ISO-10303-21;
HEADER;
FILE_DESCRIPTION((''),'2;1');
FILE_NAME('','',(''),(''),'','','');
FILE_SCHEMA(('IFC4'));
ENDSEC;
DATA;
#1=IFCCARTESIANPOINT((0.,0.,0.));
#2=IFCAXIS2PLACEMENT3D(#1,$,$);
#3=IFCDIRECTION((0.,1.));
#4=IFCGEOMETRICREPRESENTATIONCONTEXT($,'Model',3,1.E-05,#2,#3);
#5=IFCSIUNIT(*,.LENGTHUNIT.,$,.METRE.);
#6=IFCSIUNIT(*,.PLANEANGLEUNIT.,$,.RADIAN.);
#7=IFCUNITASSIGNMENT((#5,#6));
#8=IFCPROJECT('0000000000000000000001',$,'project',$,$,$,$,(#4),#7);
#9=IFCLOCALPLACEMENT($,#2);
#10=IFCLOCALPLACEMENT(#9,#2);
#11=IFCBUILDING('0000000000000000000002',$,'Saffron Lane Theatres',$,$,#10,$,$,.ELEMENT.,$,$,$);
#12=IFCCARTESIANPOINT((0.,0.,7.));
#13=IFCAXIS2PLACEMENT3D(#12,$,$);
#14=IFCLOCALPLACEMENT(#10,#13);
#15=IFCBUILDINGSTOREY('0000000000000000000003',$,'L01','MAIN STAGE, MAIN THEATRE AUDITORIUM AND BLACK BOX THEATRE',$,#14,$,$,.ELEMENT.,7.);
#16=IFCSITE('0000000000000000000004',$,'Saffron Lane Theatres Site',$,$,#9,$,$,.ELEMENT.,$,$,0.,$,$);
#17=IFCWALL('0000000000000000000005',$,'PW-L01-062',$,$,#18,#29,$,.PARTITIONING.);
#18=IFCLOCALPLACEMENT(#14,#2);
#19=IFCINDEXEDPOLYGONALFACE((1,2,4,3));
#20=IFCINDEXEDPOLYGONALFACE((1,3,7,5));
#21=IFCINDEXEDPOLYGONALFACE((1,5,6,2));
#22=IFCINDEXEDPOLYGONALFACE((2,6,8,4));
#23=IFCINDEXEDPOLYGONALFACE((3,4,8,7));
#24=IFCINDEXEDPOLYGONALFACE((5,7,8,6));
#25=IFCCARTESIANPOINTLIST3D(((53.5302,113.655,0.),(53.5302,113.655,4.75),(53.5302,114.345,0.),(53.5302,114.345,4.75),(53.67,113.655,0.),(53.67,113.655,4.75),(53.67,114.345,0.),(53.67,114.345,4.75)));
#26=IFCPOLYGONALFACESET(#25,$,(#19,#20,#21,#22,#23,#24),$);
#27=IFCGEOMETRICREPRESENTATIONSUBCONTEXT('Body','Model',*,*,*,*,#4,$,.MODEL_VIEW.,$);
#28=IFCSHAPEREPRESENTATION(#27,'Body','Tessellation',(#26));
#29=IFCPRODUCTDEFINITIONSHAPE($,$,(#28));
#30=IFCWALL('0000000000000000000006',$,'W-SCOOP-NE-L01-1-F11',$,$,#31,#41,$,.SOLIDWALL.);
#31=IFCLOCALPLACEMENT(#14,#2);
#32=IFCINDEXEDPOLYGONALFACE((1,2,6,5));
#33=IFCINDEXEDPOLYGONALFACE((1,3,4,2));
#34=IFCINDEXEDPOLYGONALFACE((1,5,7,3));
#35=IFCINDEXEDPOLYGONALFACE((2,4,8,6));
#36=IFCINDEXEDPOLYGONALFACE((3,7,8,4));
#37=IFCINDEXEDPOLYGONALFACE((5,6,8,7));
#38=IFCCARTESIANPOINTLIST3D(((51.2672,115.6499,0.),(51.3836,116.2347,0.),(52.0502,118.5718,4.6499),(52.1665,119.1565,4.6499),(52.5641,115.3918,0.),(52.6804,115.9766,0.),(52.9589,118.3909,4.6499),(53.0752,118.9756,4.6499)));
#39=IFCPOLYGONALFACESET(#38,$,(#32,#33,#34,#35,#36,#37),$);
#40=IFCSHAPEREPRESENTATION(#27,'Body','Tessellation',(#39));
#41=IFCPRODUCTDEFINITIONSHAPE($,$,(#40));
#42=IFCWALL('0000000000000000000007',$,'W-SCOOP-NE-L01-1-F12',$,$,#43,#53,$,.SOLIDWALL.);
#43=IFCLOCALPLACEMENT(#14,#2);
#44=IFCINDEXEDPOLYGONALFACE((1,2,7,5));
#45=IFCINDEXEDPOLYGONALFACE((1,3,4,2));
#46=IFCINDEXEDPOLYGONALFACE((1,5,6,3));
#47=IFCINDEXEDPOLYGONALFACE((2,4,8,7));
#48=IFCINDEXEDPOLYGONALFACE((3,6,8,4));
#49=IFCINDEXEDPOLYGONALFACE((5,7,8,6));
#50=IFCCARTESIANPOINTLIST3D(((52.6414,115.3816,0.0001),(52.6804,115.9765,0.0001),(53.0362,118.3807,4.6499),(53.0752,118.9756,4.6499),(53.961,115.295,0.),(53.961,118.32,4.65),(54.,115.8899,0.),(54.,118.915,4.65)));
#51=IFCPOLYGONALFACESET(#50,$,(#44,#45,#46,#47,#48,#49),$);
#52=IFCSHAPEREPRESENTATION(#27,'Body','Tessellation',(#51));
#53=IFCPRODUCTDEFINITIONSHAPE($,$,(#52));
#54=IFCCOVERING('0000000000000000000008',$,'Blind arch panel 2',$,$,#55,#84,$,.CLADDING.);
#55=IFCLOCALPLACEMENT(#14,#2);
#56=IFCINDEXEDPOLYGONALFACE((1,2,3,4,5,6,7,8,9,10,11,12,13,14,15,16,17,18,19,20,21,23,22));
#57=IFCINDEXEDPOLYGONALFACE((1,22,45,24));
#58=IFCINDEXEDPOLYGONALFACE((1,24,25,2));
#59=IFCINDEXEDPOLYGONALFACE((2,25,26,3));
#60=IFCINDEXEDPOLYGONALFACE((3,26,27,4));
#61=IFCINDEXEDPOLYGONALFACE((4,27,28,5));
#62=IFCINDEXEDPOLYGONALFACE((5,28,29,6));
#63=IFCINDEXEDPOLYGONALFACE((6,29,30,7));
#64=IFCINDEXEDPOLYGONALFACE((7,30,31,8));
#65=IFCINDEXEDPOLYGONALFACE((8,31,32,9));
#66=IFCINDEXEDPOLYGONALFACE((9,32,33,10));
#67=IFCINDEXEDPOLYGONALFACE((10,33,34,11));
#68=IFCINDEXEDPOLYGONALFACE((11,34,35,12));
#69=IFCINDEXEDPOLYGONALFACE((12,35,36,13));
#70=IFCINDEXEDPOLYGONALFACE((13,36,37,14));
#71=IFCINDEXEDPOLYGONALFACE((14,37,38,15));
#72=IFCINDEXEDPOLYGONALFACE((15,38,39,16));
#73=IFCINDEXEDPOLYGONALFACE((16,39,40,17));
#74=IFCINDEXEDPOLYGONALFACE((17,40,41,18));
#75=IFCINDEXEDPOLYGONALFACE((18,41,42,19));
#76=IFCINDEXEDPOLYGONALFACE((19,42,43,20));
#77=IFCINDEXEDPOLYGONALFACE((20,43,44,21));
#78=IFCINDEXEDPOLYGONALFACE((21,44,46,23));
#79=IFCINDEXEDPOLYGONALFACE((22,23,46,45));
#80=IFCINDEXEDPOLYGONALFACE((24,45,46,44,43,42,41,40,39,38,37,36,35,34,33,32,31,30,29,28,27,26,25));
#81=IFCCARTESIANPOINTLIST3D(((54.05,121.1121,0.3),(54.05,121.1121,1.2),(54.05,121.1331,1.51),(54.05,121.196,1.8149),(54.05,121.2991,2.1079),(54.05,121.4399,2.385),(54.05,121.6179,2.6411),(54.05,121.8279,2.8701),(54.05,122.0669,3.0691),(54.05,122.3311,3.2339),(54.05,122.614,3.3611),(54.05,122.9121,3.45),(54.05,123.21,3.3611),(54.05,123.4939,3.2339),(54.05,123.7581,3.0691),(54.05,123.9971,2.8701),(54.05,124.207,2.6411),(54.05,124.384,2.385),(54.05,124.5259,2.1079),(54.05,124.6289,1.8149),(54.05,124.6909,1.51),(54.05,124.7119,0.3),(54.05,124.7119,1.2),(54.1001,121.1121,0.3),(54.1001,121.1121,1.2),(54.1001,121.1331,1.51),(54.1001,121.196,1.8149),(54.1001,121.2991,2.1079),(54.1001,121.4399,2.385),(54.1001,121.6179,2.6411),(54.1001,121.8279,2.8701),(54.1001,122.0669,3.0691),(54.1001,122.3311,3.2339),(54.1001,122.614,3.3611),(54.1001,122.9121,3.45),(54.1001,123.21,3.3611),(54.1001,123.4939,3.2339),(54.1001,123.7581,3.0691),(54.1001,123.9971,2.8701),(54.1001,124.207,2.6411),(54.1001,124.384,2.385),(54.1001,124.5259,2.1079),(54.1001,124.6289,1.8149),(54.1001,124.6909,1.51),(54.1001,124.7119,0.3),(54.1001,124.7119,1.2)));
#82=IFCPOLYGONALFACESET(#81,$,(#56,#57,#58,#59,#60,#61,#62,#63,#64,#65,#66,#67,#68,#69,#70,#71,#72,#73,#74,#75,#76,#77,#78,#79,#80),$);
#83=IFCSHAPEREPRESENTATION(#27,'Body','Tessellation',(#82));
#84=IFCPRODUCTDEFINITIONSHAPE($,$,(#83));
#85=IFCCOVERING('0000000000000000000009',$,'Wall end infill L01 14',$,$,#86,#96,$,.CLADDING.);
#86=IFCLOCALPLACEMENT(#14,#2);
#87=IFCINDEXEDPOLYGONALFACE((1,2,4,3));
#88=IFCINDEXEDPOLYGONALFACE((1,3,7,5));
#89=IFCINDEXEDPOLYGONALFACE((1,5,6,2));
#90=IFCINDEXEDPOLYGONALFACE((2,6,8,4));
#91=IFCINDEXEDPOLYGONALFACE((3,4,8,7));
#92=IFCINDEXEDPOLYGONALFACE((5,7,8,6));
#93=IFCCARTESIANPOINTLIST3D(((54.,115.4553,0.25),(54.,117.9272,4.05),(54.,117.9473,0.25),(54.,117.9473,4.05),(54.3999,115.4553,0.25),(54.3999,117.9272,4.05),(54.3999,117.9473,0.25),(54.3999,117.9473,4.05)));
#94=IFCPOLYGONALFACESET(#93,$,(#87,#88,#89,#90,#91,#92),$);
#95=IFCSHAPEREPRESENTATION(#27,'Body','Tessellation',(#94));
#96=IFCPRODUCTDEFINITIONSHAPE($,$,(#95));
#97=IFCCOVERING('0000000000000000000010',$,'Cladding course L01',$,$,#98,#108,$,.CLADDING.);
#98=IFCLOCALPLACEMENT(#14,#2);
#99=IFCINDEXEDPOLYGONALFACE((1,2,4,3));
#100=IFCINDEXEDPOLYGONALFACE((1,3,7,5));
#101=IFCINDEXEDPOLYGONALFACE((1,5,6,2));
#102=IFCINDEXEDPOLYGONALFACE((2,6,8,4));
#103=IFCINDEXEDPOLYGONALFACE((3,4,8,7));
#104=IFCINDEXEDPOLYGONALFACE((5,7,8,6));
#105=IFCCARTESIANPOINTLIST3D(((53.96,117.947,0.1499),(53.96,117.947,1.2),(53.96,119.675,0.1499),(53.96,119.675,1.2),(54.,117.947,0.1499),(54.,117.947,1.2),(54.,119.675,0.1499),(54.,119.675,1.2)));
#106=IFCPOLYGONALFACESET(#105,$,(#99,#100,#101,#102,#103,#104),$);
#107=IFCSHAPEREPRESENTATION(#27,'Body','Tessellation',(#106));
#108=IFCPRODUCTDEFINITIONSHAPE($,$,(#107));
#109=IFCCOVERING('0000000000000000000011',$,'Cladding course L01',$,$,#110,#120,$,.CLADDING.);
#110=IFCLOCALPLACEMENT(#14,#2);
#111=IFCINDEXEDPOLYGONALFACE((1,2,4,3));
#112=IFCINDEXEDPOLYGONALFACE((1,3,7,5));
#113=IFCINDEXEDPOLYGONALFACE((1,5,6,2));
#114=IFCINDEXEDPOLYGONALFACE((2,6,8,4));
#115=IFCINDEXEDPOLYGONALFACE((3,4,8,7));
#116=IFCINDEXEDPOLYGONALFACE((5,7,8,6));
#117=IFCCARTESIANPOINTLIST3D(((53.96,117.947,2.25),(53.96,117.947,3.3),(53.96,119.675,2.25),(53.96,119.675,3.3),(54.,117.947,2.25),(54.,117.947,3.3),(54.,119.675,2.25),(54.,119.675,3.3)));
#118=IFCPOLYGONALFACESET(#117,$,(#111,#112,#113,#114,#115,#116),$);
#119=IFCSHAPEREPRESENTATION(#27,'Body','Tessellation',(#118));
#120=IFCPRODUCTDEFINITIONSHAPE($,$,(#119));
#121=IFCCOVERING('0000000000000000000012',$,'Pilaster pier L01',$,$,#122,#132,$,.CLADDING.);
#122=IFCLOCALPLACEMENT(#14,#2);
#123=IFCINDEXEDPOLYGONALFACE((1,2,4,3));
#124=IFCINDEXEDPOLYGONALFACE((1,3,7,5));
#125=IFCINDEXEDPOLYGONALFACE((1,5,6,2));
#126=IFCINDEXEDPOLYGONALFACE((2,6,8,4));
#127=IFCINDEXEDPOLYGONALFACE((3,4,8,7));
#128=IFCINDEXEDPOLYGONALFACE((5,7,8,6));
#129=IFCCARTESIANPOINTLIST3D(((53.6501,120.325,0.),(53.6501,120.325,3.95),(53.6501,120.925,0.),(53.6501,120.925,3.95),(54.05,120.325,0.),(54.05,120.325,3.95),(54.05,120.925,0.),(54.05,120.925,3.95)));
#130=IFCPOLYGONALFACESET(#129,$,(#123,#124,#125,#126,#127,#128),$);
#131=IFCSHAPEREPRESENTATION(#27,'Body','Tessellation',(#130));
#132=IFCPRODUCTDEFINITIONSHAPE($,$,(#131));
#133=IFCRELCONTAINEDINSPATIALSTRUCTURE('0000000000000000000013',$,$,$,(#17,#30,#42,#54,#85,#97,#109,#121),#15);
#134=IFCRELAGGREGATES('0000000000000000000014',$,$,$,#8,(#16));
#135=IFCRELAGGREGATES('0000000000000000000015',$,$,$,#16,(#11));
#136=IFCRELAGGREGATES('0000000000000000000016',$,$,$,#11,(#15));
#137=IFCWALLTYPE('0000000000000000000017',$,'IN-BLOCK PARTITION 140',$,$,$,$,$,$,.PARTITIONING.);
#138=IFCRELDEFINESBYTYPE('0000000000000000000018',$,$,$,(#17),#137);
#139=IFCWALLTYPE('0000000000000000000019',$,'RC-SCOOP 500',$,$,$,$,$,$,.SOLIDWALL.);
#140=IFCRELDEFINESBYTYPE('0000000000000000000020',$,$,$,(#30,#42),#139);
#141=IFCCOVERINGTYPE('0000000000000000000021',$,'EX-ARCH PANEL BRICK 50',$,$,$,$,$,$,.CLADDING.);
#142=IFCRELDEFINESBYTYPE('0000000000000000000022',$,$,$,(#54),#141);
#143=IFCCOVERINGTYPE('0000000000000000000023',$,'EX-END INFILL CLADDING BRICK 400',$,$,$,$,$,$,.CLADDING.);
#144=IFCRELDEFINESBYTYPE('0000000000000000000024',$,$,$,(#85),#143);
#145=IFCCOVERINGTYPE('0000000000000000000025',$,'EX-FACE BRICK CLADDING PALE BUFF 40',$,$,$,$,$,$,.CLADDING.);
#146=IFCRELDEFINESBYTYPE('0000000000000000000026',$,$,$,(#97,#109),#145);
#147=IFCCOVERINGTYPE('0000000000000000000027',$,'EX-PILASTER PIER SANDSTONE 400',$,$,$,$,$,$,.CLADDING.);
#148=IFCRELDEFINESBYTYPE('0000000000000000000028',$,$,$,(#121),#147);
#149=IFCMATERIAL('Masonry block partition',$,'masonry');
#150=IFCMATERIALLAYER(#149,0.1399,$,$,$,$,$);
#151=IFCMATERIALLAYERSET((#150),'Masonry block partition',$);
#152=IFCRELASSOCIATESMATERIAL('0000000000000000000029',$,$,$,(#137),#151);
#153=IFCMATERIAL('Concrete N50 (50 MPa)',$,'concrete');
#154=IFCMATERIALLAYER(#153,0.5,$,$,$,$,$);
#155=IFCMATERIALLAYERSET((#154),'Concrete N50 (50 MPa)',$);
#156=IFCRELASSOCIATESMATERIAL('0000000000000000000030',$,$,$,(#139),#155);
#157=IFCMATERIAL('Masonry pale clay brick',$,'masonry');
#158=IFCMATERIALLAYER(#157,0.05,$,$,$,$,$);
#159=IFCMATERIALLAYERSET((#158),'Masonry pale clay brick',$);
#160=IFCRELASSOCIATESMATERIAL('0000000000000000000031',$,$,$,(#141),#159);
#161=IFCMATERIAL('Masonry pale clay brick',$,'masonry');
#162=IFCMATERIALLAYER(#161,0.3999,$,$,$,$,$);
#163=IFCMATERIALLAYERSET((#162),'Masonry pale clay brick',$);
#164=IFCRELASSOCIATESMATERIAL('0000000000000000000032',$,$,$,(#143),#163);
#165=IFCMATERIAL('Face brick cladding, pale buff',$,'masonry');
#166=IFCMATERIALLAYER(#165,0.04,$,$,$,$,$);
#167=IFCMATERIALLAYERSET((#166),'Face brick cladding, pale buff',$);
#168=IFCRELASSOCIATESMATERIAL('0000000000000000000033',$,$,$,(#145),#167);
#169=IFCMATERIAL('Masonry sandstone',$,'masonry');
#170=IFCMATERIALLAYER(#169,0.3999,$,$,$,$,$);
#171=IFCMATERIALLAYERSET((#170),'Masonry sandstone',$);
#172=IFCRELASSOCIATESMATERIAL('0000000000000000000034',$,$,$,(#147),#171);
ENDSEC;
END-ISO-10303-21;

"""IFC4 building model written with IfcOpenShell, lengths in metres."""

from ifc_helpers import new_model, si_unit, direction, frame, frame_2d, origin, origin_2d, place, context, subcontext, project, spatial, polyline, rectangle, outline, extrude, material, layer, layer_set, type_object, element, save


model = new_model("IFC4")

# Units and contexts
model_context = context("Model", 3, precision=1e-05, world=origin(), true_north=direction((0.0, 1.0)))
body_context = subcontext(model_context, "Body", "Model", "MODEL_VIEW")
ifc_project = project(units=[si_unit("LENGTHUNIT", "METRE"), si_unit("PLANEANGLEUNIT", "RADIAN")], contexts=[model_context])

# Site, building, storey
site_placement = place(None, origin())
site = spatial("IfcSite", under=ifc_project, at=site_placement, Name="Saffron Lane Theatres Site", CompositionType="ELEMENT", RefElevation=0.0)
building_placement = place(site_placement, origin())
building = spatial("IfcBuilding", under=site, at=building_placement, Name="Saffron Lane Theatres", CompositionType="ELEMENT")
storey_placement = place(building_placement, frame((0.0, 0.0, 7.0)))
storey = spatial("IfcBuildingStorey", under=building, at=storey_placement, Name="L01", Description="MAIN STAGE, MAIN THEATRE AUDITORIUM AND BLACK BOX THEATRE", CompositionType="ELEMENT", Elevation=7.0)

# Shared definitions
ifc_material_1 = material(Name="Masonry pale clay brick", Category="masonry")

# Shared definitions
ifc_material_2 = material(Name="Masonry block partition", Category="masonry")
ifc_layer_1 = layer(ifc_material_2, 0.1399)
ifc_layer_set_1 = layer_set([ifc_layer_1], Name="Masonry block partition")
wall_type_1 = type_object("IfcWallType", Name="IN-BLOCK PARTITION 140", PredefinedType="PARTITIONING", material=ifc_layer_set_1)

# Walls
wall_1_placement = place(storey_placement, frame((53.6001, 113.655, 0.0), z_axis=(0.0, 0.0, 1.0), x_axis=(0.0, 1.0, 0.0)))
element("IfcWall", 1, at=wall_1_placement, inside=storey, type_object=wall_type_1, Name="PW-L01-062", PredefinedType="PARTITIONING", context=body_context, shape_type="SweptSolid", body=[
    extrude(rectangle(XDim=0.6899, YDim=0.1399, at=frame_2d((0.345, 0.0))), origin(), (0.0, 0.0, 1.0), 4.75),
])
ifc_material_3 = material(Name="Concrete N50 (50 MPa)", Category="concrete")
ifc_layer_2 = layer(ifc_material_3, 0.5)
ifc_layer_set_2 = layer_set([ifc_layer_2], Name="Concrete N50 (50 MPa)")
wall_type_2 = type_object("IfcWallType", Name="RC-SCOOP 500", PredefinedType="SOLIDWALL", material=ifc_layer_set_2)
wall_2_placement = place(storey_placement, frame((52.6804, 115.9766, 0.0), z_axis=(-0.163726, -0.822638, 0.544482), x_axis=(-0.980766, 0.195186, -0.000019)))
element("IfcWall", 2, at=wall_2_placement, inside=storey, type_object=wall_type_2, Name="W-SCOOP-NE-L01-1-F11", PredefinedType="SOLIDWALL", context=body_context, shape_type="SweptSolid", body=[
    extrude(outline(polyline([(0.0, 0.0), (1.3223, 0.0), (1.1246, -5.5437), (0.1981, -5.5437), (0.0, 0.0)])), origin(), (-0.000097, 0.544482, 0.838772), 0.5962),
])
wall_3_placement = place(storey_placement, frame((54.0, 115.8899, 0.0), z_axis=(-0.054899, -0.836966, 0.544495), x_axis=(-0.997854, 0.065478, 0.000039)))
element("IfcWall", 3, at=wall_3_placement, inside=storey, type_object=wall_type_2, Name="W-SCOOP-NE-L01-1-F12", PredefinedType="SOLIDWALL", context=body_context, shape_type="SweptSolid", body=[
    extrude(outline(polyline([(0.0, 0.0), (1.3224, 0.0), (1.125, -5.5437), (0.1983, -5.5438), (0.0, 0.0)])), origin(), (-0.000075, 0.544495, 0.838764), 0.5962),
])

# Coverings
ifc_layer_3 = layer(ifc_material_1, 0.05)
ifc_layer_set_3 = layer_set([ifc_layer_3], Name="Masonry pale clay brick")
covering_type_1 = type_object("IfcCoveringType", Name="EX-ARCH PANEL BRICK 50", PredefinedType="CLADDING", material=ifc_layer_set_3)
covering_1_placement = place(storey_placement, frame((54.1001, 121.1121, 1.2), z_axis=(1.0, 0.0, 0.0), x_axis=(0.0, 0.0, -1.0)))
element("IfcCovering", 4, at=covering_1_placement, inside=storey, type_object=covering_type_1, Name="Blind arch panel 2", PredefinedType="CLADDING", context=body_context, shape_type="SweptSolid", body=[
    extrude(outline(polyline([(0.0, 0.0), (0.8999, 0.0), (0.8999, 3.5999), (0.0, 3.5999), (-0.3101, 3.5789), (-0.615, 3.5168), (-0.908, 3.4138), (-1.1851, 3.272), (-1.4412, 3.095), (-1.6702, 2.885), (-1.8691, 2.646), (-2.0339, 2.3818), (-2.1611, 2.0979), (-2.25, 1.8), (-2.1611, 1.502), (-2.0339, 1.219), (-1.8691, 0.9548), (-1.6702, 0.7158), (-1.4412, 0.5059), (-1.1851, 0.3279), (-0.908, 0.187), (-0.615, 0.084), (-0.3101, 0.021), (0.0, 0.0)])), origin(), (0.0, 0.0, -1.0), 0.05),
])
ifc_material_4 = material(Name="Masonry pale clay brick", Category="masonry")
ifc_layer_4 = layer(ifc_material_4, 0.3999)
ifc_layer_set_4 = layer_set([ifc_layer_4], Name="Masonry pale clay brick")
covering_type_2 = type_object("IfcCoveringType", Name="EX-END INFILL CLADDING BRICK 400", PredefinedType="CLADDING", material=ifc_layer_set_4)
covering_2_placement = place(storey_placement, frame((54.0, 117.9473, 4.05), z_axis=(-1.0, 0.0, 0.0), x_axis=(0.0, 0.0, -1.0)))
element("IfcCovering", 5, at=covering_2_placement, inside=storey, type_object=covering_type_2, Name="Wall end infill L01 14", PredefinedType="CLADDING", context=body_context, shape_type="SweptSolid", body=[
    extrude(outline(polyline([(0.0, 0.0), (3.8, 0.0), (3.8, 2.4919), (0.0, 0.02), (0.0, 0.0)])), origin(), (0.0, 0.0, -1.0), 0.3999),
])
ifc_material_5 = material(Name="Face brick cladding, pale buff", Category="masonry")
ifc_layer_5 = layer(ifc_material_5, 0.04)
ifc_layer_set_5 = layer_set([ifc_layer_5], Name="Face brick cladding, pale buff")
covering_type_3 = type_object("IfcCoveringType", Name="EX-FACE BRICK CLADDING PALE BUFF 40", PredefinedType="CLADDING", material=ifc_layer_set_5)
for number, where, z_axis, x_axis, name in (
    (6, (53.98, 118.811, 0.1499), (0.0, 0.0, 1.0), (0.0, 1.0, 0.0), "Cladding course L01"),
    (7, (53.98, 118.811, 2.25), (0.0, 0.0, 1.0), (0.0, 1.0, 0.0), "Cladding course L01"),
):
    element("IfcCovering", number, at=place(storey_placement, frame(where, z_axis=z_axis, x_axis=x_axis)), inside=storey, type_object=covering_type_3, Name=name, PredefinedType="CLADDING", context=body_context, shape_type="SweptSolid", body=[
        extrude(rectangle(XDim=1.728, YDim=0.04, at=origin_2d()), origin(), (0.0, 0.0, 1.0), 1.05),
    ])
ifc_material_6 = material(Name="Masonry sandstone", Category="masonry")
ifc_layer_6 = layer(ifc_material_6, 0.3999)
ifc_layer_set_6 = layer_set([ifc_layer_6], Name="Masonry sandstone")
covering_type_4 = type_object("IfcCoveringType", Name="EX-PILASTER PIER SANDSTONE 400", PredefinedType="CLADDING", material=ifc_layer_set_6)
covering_3_placement = place(storey_placement, frame((53.8501, 120.625, 0.0), z_axis=(0.0, 0.0, 1.0), x_axis=(0.0, 1.0, 0.0)))
element("IfcCovering", 8, at=covering_3_placement, inside=storey, type_object=covering_type_4, Name="Pilaster pier L01", PredefinedType="CLADDING", context=body_context, shape_type="SweptSolid", body=[
    extrude(rectangle(XDim=0.6001, YDim=0.3999, at=origin_2d()), origin(), (0.0, 0.0, 1.0), 3.95),
])

save(model, "model.ifc")
